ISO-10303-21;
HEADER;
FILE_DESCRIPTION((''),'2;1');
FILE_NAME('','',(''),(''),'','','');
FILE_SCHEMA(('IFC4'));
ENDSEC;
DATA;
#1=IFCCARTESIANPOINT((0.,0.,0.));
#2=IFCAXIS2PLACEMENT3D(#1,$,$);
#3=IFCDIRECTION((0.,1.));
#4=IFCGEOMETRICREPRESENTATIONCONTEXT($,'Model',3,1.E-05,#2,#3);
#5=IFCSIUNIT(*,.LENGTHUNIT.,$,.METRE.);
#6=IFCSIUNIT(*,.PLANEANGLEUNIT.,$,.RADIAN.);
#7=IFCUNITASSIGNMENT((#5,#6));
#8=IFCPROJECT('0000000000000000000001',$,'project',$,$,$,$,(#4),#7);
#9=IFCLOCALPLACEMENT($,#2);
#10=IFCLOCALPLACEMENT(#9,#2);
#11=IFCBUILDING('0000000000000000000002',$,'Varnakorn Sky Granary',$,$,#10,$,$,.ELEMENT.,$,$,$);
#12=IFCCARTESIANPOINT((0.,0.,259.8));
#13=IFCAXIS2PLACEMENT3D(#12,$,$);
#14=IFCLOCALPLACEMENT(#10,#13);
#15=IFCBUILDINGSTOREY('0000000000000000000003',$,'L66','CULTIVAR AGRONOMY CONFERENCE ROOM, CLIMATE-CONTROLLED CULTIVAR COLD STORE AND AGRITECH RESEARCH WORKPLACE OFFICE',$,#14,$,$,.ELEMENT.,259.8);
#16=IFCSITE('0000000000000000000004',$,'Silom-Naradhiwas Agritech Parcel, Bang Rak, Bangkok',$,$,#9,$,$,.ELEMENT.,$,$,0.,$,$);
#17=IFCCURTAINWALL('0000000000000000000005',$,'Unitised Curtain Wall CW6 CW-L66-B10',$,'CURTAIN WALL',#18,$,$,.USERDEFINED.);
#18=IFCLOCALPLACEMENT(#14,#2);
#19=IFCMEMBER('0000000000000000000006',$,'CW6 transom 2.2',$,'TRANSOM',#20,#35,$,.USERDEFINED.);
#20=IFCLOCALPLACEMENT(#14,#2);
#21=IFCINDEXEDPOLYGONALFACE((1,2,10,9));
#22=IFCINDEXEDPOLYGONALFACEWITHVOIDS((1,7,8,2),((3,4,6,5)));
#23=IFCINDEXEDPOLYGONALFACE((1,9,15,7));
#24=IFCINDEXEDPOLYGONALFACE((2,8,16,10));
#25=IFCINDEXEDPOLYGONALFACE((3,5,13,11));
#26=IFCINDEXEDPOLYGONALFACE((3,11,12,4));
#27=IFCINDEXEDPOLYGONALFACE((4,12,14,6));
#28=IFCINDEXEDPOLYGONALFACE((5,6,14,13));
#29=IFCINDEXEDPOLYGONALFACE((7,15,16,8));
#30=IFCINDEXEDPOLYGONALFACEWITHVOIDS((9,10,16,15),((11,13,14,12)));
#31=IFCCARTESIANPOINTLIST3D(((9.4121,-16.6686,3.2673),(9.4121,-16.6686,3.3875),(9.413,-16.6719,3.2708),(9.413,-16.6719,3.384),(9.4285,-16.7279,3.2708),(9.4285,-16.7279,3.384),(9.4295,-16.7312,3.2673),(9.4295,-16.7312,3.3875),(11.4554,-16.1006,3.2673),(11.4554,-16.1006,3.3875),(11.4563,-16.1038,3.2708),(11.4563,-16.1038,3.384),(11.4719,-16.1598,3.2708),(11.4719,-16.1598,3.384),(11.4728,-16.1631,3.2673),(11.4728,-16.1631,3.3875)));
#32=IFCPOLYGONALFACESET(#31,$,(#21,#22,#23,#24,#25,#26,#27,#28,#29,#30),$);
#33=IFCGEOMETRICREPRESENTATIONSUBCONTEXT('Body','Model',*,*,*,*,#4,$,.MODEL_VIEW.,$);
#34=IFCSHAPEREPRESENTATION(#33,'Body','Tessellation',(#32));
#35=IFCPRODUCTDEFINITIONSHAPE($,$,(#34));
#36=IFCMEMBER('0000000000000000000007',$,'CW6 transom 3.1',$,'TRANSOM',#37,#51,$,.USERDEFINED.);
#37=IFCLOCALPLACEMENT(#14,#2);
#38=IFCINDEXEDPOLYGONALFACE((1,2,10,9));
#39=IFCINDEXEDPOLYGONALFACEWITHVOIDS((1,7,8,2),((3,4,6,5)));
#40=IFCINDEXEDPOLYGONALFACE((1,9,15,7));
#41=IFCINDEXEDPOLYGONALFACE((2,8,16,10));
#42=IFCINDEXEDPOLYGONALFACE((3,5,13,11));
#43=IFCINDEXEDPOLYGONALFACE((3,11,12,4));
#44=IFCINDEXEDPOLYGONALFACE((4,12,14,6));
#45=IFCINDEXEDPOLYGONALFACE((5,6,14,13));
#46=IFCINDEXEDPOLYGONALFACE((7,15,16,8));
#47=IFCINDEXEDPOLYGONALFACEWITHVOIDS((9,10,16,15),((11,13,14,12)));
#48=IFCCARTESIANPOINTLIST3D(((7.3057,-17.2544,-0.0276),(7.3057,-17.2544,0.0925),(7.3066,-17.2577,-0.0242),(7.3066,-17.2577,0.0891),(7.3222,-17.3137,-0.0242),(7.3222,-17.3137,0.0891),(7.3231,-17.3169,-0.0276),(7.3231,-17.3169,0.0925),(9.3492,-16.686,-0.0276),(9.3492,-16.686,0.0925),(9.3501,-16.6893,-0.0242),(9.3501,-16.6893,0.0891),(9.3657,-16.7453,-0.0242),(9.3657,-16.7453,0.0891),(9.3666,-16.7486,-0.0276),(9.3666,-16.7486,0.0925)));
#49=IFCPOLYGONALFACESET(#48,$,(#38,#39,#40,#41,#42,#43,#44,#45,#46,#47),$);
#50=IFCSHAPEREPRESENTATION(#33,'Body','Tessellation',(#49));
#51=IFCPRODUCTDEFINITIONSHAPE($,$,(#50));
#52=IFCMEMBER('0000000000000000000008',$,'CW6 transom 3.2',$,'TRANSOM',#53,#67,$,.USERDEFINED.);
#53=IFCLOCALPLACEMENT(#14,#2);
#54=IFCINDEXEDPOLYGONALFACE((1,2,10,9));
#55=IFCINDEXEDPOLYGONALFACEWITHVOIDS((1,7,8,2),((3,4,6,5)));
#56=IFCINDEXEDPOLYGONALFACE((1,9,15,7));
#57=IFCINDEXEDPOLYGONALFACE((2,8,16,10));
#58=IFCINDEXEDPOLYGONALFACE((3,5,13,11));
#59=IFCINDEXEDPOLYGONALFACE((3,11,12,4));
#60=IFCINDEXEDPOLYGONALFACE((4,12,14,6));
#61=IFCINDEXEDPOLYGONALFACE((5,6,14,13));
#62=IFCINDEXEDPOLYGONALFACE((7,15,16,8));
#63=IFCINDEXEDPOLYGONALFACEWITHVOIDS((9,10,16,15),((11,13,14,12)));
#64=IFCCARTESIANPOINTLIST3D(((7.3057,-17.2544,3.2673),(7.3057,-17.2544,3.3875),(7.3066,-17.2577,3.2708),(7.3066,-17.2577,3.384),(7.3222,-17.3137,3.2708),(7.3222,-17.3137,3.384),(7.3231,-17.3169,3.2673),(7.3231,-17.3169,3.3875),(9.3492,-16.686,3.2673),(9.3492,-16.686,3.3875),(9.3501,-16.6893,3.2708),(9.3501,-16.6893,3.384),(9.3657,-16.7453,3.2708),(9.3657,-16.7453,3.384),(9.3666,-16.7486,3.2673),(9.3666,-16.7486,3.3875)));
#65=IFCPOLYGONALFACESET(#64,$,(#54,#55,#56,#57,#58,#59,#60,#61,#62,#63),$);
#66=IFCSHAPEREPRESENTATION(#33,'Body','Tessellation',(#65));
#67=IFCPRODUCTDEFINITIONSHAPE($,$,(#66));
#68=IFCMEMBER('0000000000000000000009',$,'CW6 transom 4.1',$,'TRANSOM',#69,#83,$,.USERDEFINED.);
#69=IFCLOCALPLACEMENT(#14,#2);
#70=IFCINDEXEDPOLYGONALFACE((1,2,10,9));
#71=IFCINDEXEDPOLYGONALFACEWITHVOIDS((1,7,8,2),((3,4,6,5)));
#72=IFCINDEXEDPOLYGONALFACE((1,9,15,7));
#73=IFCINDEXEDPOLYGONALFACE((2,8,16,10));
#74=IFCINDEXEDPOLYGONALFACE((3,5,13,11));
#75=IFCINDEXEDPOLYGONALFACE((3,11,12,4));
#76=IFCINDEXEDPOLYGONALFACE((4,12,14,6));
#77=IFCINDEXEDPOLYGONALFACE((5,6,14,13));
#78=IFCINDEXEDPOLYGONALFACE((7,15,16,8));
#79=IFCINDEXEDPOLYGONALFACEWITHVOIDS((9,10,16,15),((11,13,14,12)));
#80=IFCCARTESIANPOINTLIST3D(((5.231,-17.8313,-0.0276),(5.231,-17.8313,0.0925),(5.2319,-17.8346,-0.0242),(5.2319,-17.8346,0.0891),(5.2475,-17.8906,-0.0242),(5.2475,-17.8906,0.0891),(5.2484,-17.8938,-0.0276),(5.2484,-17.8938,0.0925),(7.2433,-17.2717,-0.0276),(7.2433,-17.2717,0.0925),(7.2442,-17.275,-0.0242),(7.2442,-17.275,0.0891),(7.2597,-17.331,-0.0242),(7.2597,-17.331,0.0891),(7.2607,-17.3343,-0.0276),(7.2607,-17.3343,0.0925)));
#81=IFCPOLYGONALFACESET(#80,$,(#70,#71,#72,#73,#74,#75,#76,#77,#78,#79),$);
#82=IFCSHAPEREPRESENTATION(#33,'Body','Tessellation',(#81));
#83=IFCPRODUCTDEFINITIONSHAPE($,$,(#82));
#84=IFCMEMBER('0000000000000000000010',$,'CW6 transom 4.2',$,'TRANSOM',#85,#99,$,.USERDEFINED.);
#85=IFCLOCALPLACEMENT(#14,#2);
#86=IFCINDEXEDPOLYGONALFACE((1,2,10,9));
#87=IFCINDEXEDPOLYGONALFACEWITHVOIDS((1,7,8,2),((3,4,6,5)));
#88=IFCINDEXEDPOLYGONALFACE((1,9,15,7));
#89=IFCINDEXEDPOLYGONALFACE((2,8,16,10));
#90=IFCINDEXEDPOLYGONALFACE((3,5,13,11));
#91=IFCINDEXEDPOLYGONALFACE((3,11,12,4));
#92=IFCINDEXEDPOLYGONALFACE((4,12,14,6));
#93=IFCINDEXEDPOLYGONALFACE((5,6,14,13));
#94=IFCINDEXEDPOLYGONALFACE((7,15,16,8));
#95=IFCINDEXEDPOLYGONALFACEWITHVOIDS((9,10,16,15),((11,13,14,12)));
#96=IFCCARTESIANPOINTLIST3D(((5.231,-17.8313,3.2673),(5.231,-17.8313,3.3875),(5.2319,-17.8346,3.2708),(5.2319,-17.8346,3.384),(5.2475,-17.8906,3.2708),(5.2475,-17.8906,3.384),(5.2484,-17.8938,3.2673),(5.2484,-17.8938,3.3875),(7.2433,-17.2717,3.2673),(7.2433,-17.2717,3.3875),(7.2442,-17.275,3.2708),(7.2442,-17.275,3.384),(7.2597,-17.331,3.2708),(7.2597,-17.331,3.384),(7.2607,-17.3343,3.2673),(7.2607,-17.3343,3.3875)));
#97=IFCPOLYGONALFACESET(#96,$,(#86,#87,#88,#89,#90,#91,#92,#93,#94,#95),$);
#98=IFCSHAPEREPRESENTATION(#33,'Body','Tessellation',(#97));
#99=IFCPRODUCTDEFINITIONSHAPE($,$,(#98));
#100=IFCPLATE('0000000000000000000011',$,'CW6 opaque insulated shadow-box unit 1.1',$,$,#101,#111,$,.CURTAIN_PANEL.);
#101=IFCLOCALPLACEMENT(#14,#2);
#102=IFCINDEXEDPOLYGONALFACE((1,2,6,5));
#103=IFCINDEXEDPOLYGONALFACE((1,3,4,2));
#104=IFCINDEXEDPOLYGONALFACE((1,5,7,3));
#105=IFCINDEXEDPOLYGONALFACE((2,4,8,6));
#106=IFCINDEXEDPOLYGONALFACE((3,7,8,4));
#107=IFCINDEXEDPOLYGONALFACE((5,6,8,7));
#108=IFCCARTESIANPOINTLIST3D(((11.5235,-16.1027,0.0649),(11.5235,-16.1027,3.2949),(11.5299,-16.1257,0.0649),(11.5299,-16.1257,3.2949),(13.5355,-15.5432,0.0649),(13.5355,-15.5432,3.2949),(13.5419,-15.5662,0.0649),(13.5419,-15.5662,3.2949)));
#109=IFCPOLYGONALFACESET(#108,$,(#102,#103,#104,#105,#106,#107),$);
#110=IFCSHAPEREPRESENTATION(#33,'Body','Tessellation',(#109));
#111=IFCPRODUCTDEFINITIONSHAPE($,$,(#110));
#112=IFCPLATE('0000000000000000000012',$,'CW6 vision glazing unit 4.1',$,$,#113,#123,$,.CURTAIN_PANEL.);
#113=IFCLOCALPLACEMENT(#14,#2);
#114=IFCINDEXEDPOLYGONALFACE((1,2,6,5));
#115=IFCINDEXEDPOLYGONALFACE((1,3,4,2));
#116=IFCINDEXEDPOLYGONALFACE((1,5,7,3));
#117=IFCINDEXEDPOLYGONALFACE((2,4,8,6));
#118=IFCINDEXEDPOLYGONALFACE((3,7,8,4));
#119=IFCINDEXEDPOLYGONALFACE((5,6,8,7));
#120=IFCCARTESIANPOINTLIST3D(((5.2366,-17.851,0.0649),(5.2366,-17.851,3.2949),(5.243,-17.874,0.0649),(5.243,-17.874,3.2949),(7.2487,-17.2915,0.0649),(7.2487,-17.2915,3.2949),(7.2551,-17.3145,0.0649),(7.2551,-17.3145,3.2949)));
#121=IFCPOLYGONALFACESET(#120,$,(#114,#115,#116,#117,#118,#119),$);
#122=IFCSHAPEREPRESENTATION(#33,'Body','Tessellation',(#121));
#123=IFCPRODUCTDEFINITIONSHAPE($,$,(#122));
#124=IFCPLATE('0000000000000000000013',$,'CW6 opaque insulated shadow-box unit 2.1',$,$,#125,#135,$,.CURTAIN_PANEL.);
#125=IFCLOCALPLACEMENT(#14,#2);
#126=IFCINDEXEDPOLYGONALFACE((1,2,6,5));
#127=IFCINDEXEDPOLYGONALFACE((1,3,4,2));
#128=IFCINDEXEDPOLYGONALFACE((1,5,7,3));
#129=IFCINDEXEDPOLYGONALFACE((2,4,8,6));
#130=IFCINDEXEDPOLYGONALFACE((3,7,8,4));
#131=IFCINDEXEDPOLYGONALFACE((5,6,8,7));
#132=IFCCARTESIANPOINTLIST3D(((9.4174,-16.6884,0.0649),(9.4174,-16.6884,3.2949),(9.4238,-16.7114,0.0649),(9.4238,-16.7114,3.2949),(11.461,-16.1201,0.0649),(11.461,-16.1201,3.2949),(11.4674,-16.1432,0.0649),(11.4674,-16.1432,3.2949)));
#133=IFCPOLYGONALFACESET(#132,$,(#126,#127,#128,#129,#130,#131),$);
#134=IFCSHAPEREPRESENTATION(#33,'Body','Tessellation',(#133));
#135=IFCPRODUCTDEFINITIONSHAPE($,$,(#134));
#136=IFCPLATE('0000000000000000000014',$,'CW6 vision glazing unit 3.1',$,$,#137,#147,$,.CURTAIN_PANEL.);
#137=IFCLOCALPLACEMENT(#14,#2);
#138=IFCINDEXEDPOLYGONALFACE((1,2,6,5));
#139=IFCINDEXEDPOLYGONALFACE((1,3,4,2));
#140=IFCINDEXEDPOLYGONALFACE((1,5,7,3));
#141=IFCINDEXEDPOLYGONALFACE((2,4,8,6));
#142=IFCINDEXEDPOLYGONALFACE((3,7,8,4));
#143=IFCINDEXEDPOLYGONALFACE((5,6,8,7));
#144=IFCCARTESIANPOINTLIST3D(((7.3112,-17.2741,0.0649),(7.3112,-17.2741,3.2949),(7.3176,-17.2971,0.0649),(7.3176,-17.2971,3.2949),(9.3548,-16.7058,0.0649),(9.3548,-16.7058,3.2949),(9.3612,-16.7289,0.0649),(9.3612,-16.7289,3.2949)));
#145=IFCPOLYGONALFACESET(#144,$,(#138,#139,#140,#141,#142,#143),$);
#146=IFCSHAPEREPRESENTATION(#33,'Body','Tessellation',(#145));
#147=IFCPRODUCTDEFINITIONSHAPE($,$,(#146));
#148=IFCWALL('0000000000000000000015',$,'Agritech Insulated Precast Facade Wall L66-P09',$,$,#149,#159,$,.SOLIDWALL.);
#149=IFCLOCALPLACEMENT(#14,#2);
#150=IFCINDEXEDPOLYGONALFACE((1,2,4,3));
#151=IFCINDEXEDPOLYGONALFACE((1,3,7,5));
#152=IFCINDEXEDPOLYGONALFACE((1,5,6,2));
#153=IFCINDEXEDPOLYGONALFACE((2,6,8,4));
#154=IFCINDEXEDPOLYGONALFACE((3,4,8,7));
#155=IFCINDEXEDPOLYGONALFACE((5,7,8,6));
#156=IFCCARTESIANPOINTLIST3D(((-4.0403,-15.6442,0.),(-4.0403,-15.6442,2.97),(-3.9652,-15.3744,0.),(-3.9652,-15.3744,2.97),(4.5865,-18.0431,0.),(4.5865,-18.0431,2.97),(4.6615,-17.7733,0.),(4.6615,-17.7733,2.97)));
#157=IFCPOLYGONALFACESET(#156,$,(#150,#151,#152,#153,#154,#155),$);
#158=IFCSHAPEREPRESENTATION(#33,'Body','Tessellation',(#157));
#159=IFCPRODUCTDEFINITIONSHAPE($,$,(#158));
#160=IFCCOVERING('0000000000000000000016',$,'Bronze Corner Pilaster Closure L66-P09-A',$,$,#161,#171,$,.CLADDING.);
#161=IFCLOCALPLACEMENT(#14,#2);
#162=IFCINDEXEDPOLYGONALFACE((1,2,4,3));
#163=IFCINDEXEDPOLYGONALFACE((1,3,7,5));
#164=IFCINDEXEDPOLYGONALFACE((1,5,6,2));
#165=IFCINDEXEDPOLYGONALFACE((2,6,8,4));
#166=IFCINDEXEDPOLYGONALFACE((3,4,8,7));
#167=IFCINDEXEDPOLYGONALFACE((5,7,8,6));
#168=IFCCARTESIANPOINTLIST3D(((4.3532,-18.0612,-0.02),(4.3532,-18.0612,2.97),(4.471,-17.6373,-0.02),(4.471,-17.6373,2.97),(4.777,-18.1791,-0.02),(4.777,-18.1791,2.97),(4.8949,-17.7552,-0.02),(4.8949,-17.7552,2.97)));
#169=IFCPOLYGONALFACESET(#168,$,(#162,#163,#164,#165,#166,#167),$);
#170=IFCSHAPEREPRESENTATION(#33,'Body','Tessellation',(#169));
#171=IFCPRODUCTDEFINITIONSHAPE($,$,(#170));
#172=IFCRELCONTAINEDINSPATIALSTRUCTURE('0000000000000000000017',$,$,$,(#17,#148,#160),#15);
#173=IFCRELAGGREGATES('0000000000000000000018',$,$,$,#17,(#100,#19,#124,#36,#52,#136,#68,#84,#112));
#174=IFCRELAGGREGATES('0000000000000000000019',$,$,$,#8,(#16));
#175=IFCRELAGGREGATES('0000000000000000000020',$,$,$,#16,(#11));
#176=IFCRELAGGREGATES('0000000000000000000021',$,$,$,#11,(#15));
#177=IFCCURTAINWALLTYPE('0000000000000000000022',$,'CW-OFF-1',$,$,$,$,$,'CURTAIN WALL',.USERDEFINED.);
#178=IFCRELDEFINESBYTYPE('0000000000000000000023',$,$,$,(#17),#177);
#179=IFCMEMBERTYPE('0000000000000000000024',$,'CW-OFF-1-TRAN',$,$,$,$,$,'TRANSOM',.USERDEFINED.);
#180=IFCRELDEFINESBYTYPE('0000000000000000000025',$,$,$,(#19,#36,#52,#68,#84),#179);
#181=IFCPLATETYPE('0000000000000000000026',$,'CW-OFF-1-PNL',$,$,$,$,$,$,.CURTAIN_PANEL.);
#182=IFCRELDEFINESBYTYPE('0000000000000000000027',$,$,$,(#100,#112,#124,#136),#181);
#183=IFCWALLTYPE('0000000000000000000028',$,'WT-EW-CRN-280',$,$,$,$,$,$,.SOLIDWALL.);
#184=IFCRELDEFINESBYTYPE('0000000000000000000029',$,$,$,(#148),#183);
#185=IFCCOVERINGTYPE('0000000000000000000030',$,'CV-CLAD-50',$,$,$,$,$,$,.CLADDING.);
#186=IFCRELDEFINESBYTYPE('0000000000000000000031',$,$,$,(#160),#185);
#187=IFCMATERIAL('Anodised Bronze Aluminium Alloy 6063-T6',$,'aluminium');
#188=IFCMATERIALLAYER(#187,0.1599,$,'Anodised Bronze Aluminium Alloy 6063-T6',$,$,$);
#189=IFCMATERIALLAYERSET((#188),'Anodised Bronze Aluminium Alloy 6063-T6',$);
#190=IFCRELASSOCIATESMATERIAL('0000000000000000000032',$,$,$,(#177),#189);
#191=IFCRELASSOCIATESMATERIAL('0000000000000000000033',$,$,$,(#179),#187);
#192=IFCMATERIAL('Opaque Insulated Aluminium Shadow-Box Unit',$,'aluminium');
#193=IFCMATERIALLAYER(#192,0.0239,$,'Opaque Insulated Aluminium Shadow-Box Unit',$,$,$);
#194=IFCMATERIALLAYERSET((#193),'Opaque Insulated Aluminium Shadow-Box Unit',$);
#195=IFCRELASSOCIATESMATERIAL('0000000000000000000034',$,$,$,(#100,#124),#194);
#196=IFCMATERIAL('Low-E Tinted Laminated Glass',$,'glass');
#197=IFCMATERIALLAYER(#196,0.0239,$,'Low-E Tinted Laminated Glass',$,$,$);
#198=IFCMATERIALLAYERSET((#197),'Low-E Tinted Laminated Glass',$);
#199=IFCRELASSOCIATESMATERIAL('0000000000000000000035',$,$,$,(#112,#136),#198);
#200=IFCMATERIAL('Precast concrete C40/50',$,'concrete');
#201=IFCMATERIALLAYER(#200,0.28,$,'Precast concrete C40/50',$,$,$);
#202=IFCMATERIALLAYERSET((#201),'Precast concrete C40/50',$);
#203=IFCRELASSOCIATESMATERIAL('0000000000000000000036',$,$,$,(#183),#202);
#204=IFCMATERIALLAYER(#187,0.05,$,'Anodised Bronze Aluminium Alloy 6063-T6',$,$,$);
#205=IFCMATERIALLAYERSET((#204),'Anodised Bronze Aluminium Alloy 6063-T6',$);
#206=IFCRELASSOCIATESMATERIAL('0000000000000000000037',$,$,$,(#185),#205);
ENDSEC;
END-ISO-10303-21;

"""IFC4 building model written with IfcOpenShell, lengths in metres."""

from ifc_helpers import new_model, si_unit, direction, frame, frame_2d, origin, origin_2d, place, context, subcontext, project, spatial, rectangle, hollow_rectangle, extrude, source, transform, mapped, material, layer, layer_set, material_profile, profile_set, type_object, type_shapes, element, aggregate, save


model = new_model("IFC4")

# Units and contexts
model_context = context("Model", 3, precision=1e-05, world=origin(), true_north=direction((0.0, 1.0)))
body_context = subcontext(model_context, "Body", "Model", "MODEL_VIEW")
ifc_project = project(units=[si_unit("LENGTHUNIT", "METRE"), si_unit("PLANEANGLEUNIT", "RADIAN")], contexts=[model_context])

# Site, building, storey
site_placement = place(None, origin())
site = spatial("IfcSite", under=ifc_project, at=site_placement, Name="Silom-Naradhiwas Agritech Parcel, Bang Rak, Bangkok", CompositionType="ELEMENT", RefElevation=0.0)
building_placement = place(site_placement, origin())
building = spatial("IfcBuilding", under=site, at=building_placement, Name="Varnakorn Sky Granary", CompositionType="ELEMENT")
storey_placement = place(building_placement, frame((0.0, 0.0, 259.8)))
storey = spatial("IfcBuildingStorey", under=building, at=storey_placement, Name="L66", Description="CULTIVAR AGRONOMY CONFERENCE ROOM, CLIMATE-CONTROLLED CULTIVAR COLD STORE AND AGRITECH RESEARCH WORKPLACE OFFICE", CompositionType="ELEMENT", Elevation=259.8)

# Curtain wall, members, plates
ifc_material_1 = material(Name="Anodised Bronze Aluminium Alloy 6063-T6", Category="aluminium")
ifc_layer_1 = layer(ifc_material_1, 0.1599, Name="Anodised Bronze Aluminium Alloy 6063-T6")
ifc_layer_set_1 = layer_set([ifc_layer_1], Name="Anodised Bronze Aluminium Alloy 6063-T6")
curtain_wall_type = type_object("IfcCurtainWallType", Name="CW-OFF-1", ElementType="CURTAIN WALL", PredefinedType="USERDEFINED", material=ifc_layer_set_1)
curtain_wall_placement = place(storey_placement, origin())
curtain_wall = element("IfcCurtainWall", 1, at=curtain_wall_placement, inside=storey, type_object=curtain_wall_type, Name="Unitised Curtain Wall CW6 CW-L66-B10", ObjectType="CURTAIN WALL", PredefinedType="USERDEFINED")
ifc_material_profile_1 = material_profile(ifc_material_1, hollow_rectangle(XDim=0.0649, YDim=0.1201, WallThickness=0.0034, at=origin_2d()), Name="ALU TRAN 65x120")
ifc_profile_set_1 = profile_set([ifc_material_profile_1], Name="Anodised Bronze Aluminium Alloy 6063-T6")
member_type_1 = type_object("IfcMemberType", Name="CW-OFF-1-TRAN", ElementType="TRANSOM", PredefinedType="USERDEFINED", material=ifc_profile_set_1)
member_1_placement = place(storey_placement, frame((11.4641, -16.1318, 3.3274), z_axis=(-0.963459, -0.267858, 0.0), x_axis=(0.267858, -0.963459, 0.0)))
member_1 = element("IfcMember", 2, at=member_1_placement, type_object=member_type_1, Name="CW6 transom 2.2", ObjectType="TRANSOM", PredefinedType="USERDEFINED", context=body_context, shape_type="SweptSolid", body=[
    extrude(hollow_rectangle(XDim=0.0649, YDim=0.1201, WallThickness=0.0034, at=origin_2d()), origin(), (0.0, 0.0, 1.0), 2.1208),
])
member_2_placement = place(storey_placement, frame((9.3579, -16.7173, 0.0325), z_axis=(-0.963429, -0.267964, 0.0), x_axis=(0.267964, -0.963429, 0.0)))
member_2 = element("IfcMember", 3, at=member_2_placement, type_object=member_type_1, Name="CW6 transom 3.1", ObjectType="TRANSOM", PredefinedType="USERDEFINED", context=body_context, shape_type="SweptSolid", body=[
    extrude(hollow_rectangle(XDim=0.0649, YDim=0.1201, WallThickness=0.0034, at=origin_2d()), origin(), (0.0, 0.0, 1.0), 2.1211),
])
member_3_placement = place(storey_placement, frame((9.3579, -16.7173, 3.3274), z_axis=(-0.963429, -0.267964, 0.0), x_axis=(0.267964, -0.963429, 0.0)))
member_3 = element("IfcMember", 4, at=member_3_placement, type_object=member_type_1, Name="CW6 transom 3.2", ObjectType="TRANSOM", PredefinedType="USERDEFINED", context=body_context, shape_type="SweptSolid", body=[
    extrude(hollow_rectangle(XDim=0.0649, YDim=0.1201, WallThickness=0.0034, at=origin_2d()), origin(), (0.0, 0.0, 1.0), 2.1211),
])
member_4_placement = place(storey_placement, frame((7.252, -17.303, 0.0325), z_axis=(-0.963441, -0.267921, 0.0), x_axis=(0.267921, -0.963441, 0.0)))
member_4 = element("IfcMember", 5, at=member_4_placement, type_object=member_type_1, Name="CW6 transom 4.1", ObjectType="TRANSOM", PredefinedType="USERDEFINED", context=body_context, shape_type="SweptSolid", body=[
    extrude(hollow_rectangle(XDim=0.0649, YDim=0.1201, WallThickness=0.0034, at=origin_2d()), origin(), (0.0, 0.0, 1.0), 2.0886),
])
member_5_placement = place(storey_placement, frame((7.252, -17.303, 3.3274), z_axis=(-0.963441, -0.267921, 0.0), x_axis=(0.267921, -0.963441, 0.0)))
member_5 = element("IfcMember", 6, at=member_5_placement, type_object=member_type_1, Name="CW6 transom 4.2", ObjectType="TRANSOM", PredefinedType="USERDEFINED", context=body_context, shape_type="SweptSolid", body=[
    extrude(hollow_rectangle(XDim=0.0649, YDim=0.1201, WallThickness=0.0034, at=origin_2d()), origin(), (0.0, 0.0, 1.0), 2.0886),
])
ifc_material_2 = material(Name="Opaque Insulated Aluminium Shadow-Box Unit", Category="aluminium")
ifc_layer_2 = layer(ifc_material_2, 0.0239, Name="Opaque Insulated Aluminium Shadow-Box Unit")
ifc_layer_set_2 = layer_set([ifc_layer_2], Name="Opaque Insulated Aluminium Shadow-Box Unit")
plate_type = type_object("IfcPlateType", Name="CW-OFF-1-PNL", PredefinedType="CURTAIN_PANEL")
shared_shape_1 = source(origin(), body_context, "Body", "SweptSolid", [
    extrude(rectangle(XDim=2.0884, YDim=0.0239, at=origin_2d()), origin(), (0.0, 0.0, 1.0), 3.23),
])
plate_1_placement = place(storey_placement, frame((12.5327, -15.8345, 0.0649), z_axis=(0.0, 0.0, 1.0), x_axis=(-0.963444, -0.267911, 0.0)))
plate_1 = element("IfcPlate", 7, at=plate_1_placement, type_object=plate_type, material=ifc_layer_set_2, Name="CW6 opaque insulated shadow-box unit 1.1", PredefinedType="CURTAIN_PANEL", context=body_context, shape_type="MappedRepresentation", body=[
    mapped(shared_shape_1, transform((0.0, 0.0, 0.0), x_axis=(1.0, 0.0, 0.0), y_axis=(0.0, 1.0, 0.0), z_axis=(0.0, 0.0, 1.0), scale=1.0)),
])
ifc_material_3 = material(Name="Low-E Tinted Laminated Glass", Category="glass")
ifc_layer_3 = layer(ifc_material_3, 0.0239, Name="Low-E Tinted Laminated Glass")
ifc_layer_set_3 = layer_set([ifc_layer_3], Name="Low-E Tinted Laminated Glass")
plate_2_placement = place(storey_placement, frame((6.2458, -17.5828, 0.0649), z_axis=(0.0, 0.0, 1.0), x_axis=(-0.963444, -0.267911, 0.0)))
plate_2 = element("IfcPlate", 8, at=plate_2_placement, type_object=plate_type, material=ifc_layer_set_3, Name="CW6 vision glazing unit 4.1", PredefinedType="CURTAIN_PANEL", context=body_context, shape_type="MappedRepresentation", body=[
    mapped(shared_shape_1, transform((0.0, 0.0, 0.0), x_axis=(1.0, 0.0, 0.0), y_axis=(0.0, 1.0, 0.0), z_axis=(0.0, 0.0, 1.0), scale=1.0)),
])
shared_shape_2 = source(origin(), body_context, "Body", "SweptSolid", [
    extrude(rectangle(XDim=2.1211, YDim=0.0239, at=origin_2d()), origin(), (0.0, 0.0, 1.0), 3.23),
])
type_shapes(plate_type, [shared_shape_1, shared_shape_2])
plate_3_placement = place(storey_placement, frame((10.4424, -16.4158, 0.0649), z_axis=(0.0, 0.0, 1.0), x_axis=(-0.963444, -0.267911, 0.0)))
plate_3 = element("IfcPlate", 9, at=plate_3_placement, type_object=plate_type, material=ifc_layer_set_2, Name="CW6 opaque insulated shadow-box unit 2.1", PredefinedType="CURTAIN_PANEL", context=body_context, shape_type="MappedRepresentation", body=[
    mapped(shared_shape_2, transform((0.0, 0.0, 0.0), x_axis=(1.0, 0.0, 0.0), y_axis=(0.0, 1.0, 0.0), z_axis=(0.0, 0.0, 1.0), scale=1.0)),
])
plate_4_placement = place(storey_placement, frame((8.3362, -17.0015, 0.0649), z_axis=(0.0, 0.0, 1.0), x_axis=(-0.963444, -0.267911, 0.0)))
plate_4 = element("IfcPlate", 10, at=plate_4_placement, type_object=plate_type, material=ifc_layer_set_3, Name="CW6 vision glazing unit 3.1", PredefinedType="CURTAIN_PANEL", context=body_context, shape_type="MappedRepresentation", body=[
    mapped(shared_shape_2, transform((0.0, 0.0, 0.0), x_axis=(1.0, 0.0, 0.0), y_axis=(0.0, 1.0, 0.0), z_axis=(0.0, 0.0, 1.0), scale=1.0)),
])
aggregate(curtain_wall, [plate_1, member_1, plate_3, member_2, member_3, plate_4, member_4, member_5, plate_2])

# Wall
ifc_material_4 = material(Name="Precast concrete C40/50", Category="concrete")
ifc_layer_4 = layer(ifc_material_4, 0.28, Name="Precast concrete C40/50")
ifc_layer_set_4 = layer_set([ifc_layer_4], Name="Precast concrete C40/50")
wall_type = type_object("IfcWallType", Name="WT-EW-CRN-280", PredefinedType="SOLIDWALL", material=ifc_layer_set_4)
wall_placement = place(storey_placement, frame((4.624, -17.9082, 0.0), z_axis=(0.0, 0.0, 1.0), x_axis=(-0.963442, 0.267915, 0.0)))
element("IfcWall", 11, at=wall_placement, inside=storey, type_object=wall_type, Name="Agritech Insulated Precast Facade Wall L66-P09", PredefinedType="SOLIDWALL", context=body_context, shape_type="SweptSolid", body=[
    extrude(rectangle(XDim=8.9541, YDim=0.28, at=frame_2d((4.4771, 0.0))), origin(), (0.0, 0.0, 1.0), 2.97),
])

# Covering
ifc_layer_5 = layer(ifc_material_1, 0.05, Name="Anodised Bronze Aluminium Alloy 6063-T6")
ifc_layer_set_5 = layer_set([ifc_layer_5], Name="Anodised Bronze Aluminium Alloy 6063-T6")
covering_type = type_object("IfcCoveringType", Name="CV-CLAD-50", PredefinedType="CLADDING", material=ifc_layer_set_5)
shared_shape_3 = source(origin(), body_context, "Body", "SweptSolid", [
    extrude(rectangle(XDim=0.4399, YDim=0.4399, at=origin_2d()), origin(), (0.0, 0.0, 1.0), 2.99),
])
type_shapes(covering_type, [shared_shape_3])
covering_placement = place(storey_placement, frame((4.624, -17.9082, -0.02), z_axis=(0.0, 0.0, 1.0), x_axis=(-0.963444, 0.267911, 0.0)))
element("IfcCovering", 12, at=covering_placement, inside=storey, type_object=covering_type, Name="Bronze Corner Pilaster Closure L66-P09-A", PredefinedType="CLADDING", context=body_context, shape_type="MappedRepresentation", body=[
    mapped(shared_shape_3, transform((0.0, 0.0, 0.0), x_axis=(1.0, 0.0, 0.0), y_axis=(0.0, 1.0, 0.0), z_axis=(0.0, 0.0, 1.0), scale=1.0)),
])

save(model, "model.ifc")
